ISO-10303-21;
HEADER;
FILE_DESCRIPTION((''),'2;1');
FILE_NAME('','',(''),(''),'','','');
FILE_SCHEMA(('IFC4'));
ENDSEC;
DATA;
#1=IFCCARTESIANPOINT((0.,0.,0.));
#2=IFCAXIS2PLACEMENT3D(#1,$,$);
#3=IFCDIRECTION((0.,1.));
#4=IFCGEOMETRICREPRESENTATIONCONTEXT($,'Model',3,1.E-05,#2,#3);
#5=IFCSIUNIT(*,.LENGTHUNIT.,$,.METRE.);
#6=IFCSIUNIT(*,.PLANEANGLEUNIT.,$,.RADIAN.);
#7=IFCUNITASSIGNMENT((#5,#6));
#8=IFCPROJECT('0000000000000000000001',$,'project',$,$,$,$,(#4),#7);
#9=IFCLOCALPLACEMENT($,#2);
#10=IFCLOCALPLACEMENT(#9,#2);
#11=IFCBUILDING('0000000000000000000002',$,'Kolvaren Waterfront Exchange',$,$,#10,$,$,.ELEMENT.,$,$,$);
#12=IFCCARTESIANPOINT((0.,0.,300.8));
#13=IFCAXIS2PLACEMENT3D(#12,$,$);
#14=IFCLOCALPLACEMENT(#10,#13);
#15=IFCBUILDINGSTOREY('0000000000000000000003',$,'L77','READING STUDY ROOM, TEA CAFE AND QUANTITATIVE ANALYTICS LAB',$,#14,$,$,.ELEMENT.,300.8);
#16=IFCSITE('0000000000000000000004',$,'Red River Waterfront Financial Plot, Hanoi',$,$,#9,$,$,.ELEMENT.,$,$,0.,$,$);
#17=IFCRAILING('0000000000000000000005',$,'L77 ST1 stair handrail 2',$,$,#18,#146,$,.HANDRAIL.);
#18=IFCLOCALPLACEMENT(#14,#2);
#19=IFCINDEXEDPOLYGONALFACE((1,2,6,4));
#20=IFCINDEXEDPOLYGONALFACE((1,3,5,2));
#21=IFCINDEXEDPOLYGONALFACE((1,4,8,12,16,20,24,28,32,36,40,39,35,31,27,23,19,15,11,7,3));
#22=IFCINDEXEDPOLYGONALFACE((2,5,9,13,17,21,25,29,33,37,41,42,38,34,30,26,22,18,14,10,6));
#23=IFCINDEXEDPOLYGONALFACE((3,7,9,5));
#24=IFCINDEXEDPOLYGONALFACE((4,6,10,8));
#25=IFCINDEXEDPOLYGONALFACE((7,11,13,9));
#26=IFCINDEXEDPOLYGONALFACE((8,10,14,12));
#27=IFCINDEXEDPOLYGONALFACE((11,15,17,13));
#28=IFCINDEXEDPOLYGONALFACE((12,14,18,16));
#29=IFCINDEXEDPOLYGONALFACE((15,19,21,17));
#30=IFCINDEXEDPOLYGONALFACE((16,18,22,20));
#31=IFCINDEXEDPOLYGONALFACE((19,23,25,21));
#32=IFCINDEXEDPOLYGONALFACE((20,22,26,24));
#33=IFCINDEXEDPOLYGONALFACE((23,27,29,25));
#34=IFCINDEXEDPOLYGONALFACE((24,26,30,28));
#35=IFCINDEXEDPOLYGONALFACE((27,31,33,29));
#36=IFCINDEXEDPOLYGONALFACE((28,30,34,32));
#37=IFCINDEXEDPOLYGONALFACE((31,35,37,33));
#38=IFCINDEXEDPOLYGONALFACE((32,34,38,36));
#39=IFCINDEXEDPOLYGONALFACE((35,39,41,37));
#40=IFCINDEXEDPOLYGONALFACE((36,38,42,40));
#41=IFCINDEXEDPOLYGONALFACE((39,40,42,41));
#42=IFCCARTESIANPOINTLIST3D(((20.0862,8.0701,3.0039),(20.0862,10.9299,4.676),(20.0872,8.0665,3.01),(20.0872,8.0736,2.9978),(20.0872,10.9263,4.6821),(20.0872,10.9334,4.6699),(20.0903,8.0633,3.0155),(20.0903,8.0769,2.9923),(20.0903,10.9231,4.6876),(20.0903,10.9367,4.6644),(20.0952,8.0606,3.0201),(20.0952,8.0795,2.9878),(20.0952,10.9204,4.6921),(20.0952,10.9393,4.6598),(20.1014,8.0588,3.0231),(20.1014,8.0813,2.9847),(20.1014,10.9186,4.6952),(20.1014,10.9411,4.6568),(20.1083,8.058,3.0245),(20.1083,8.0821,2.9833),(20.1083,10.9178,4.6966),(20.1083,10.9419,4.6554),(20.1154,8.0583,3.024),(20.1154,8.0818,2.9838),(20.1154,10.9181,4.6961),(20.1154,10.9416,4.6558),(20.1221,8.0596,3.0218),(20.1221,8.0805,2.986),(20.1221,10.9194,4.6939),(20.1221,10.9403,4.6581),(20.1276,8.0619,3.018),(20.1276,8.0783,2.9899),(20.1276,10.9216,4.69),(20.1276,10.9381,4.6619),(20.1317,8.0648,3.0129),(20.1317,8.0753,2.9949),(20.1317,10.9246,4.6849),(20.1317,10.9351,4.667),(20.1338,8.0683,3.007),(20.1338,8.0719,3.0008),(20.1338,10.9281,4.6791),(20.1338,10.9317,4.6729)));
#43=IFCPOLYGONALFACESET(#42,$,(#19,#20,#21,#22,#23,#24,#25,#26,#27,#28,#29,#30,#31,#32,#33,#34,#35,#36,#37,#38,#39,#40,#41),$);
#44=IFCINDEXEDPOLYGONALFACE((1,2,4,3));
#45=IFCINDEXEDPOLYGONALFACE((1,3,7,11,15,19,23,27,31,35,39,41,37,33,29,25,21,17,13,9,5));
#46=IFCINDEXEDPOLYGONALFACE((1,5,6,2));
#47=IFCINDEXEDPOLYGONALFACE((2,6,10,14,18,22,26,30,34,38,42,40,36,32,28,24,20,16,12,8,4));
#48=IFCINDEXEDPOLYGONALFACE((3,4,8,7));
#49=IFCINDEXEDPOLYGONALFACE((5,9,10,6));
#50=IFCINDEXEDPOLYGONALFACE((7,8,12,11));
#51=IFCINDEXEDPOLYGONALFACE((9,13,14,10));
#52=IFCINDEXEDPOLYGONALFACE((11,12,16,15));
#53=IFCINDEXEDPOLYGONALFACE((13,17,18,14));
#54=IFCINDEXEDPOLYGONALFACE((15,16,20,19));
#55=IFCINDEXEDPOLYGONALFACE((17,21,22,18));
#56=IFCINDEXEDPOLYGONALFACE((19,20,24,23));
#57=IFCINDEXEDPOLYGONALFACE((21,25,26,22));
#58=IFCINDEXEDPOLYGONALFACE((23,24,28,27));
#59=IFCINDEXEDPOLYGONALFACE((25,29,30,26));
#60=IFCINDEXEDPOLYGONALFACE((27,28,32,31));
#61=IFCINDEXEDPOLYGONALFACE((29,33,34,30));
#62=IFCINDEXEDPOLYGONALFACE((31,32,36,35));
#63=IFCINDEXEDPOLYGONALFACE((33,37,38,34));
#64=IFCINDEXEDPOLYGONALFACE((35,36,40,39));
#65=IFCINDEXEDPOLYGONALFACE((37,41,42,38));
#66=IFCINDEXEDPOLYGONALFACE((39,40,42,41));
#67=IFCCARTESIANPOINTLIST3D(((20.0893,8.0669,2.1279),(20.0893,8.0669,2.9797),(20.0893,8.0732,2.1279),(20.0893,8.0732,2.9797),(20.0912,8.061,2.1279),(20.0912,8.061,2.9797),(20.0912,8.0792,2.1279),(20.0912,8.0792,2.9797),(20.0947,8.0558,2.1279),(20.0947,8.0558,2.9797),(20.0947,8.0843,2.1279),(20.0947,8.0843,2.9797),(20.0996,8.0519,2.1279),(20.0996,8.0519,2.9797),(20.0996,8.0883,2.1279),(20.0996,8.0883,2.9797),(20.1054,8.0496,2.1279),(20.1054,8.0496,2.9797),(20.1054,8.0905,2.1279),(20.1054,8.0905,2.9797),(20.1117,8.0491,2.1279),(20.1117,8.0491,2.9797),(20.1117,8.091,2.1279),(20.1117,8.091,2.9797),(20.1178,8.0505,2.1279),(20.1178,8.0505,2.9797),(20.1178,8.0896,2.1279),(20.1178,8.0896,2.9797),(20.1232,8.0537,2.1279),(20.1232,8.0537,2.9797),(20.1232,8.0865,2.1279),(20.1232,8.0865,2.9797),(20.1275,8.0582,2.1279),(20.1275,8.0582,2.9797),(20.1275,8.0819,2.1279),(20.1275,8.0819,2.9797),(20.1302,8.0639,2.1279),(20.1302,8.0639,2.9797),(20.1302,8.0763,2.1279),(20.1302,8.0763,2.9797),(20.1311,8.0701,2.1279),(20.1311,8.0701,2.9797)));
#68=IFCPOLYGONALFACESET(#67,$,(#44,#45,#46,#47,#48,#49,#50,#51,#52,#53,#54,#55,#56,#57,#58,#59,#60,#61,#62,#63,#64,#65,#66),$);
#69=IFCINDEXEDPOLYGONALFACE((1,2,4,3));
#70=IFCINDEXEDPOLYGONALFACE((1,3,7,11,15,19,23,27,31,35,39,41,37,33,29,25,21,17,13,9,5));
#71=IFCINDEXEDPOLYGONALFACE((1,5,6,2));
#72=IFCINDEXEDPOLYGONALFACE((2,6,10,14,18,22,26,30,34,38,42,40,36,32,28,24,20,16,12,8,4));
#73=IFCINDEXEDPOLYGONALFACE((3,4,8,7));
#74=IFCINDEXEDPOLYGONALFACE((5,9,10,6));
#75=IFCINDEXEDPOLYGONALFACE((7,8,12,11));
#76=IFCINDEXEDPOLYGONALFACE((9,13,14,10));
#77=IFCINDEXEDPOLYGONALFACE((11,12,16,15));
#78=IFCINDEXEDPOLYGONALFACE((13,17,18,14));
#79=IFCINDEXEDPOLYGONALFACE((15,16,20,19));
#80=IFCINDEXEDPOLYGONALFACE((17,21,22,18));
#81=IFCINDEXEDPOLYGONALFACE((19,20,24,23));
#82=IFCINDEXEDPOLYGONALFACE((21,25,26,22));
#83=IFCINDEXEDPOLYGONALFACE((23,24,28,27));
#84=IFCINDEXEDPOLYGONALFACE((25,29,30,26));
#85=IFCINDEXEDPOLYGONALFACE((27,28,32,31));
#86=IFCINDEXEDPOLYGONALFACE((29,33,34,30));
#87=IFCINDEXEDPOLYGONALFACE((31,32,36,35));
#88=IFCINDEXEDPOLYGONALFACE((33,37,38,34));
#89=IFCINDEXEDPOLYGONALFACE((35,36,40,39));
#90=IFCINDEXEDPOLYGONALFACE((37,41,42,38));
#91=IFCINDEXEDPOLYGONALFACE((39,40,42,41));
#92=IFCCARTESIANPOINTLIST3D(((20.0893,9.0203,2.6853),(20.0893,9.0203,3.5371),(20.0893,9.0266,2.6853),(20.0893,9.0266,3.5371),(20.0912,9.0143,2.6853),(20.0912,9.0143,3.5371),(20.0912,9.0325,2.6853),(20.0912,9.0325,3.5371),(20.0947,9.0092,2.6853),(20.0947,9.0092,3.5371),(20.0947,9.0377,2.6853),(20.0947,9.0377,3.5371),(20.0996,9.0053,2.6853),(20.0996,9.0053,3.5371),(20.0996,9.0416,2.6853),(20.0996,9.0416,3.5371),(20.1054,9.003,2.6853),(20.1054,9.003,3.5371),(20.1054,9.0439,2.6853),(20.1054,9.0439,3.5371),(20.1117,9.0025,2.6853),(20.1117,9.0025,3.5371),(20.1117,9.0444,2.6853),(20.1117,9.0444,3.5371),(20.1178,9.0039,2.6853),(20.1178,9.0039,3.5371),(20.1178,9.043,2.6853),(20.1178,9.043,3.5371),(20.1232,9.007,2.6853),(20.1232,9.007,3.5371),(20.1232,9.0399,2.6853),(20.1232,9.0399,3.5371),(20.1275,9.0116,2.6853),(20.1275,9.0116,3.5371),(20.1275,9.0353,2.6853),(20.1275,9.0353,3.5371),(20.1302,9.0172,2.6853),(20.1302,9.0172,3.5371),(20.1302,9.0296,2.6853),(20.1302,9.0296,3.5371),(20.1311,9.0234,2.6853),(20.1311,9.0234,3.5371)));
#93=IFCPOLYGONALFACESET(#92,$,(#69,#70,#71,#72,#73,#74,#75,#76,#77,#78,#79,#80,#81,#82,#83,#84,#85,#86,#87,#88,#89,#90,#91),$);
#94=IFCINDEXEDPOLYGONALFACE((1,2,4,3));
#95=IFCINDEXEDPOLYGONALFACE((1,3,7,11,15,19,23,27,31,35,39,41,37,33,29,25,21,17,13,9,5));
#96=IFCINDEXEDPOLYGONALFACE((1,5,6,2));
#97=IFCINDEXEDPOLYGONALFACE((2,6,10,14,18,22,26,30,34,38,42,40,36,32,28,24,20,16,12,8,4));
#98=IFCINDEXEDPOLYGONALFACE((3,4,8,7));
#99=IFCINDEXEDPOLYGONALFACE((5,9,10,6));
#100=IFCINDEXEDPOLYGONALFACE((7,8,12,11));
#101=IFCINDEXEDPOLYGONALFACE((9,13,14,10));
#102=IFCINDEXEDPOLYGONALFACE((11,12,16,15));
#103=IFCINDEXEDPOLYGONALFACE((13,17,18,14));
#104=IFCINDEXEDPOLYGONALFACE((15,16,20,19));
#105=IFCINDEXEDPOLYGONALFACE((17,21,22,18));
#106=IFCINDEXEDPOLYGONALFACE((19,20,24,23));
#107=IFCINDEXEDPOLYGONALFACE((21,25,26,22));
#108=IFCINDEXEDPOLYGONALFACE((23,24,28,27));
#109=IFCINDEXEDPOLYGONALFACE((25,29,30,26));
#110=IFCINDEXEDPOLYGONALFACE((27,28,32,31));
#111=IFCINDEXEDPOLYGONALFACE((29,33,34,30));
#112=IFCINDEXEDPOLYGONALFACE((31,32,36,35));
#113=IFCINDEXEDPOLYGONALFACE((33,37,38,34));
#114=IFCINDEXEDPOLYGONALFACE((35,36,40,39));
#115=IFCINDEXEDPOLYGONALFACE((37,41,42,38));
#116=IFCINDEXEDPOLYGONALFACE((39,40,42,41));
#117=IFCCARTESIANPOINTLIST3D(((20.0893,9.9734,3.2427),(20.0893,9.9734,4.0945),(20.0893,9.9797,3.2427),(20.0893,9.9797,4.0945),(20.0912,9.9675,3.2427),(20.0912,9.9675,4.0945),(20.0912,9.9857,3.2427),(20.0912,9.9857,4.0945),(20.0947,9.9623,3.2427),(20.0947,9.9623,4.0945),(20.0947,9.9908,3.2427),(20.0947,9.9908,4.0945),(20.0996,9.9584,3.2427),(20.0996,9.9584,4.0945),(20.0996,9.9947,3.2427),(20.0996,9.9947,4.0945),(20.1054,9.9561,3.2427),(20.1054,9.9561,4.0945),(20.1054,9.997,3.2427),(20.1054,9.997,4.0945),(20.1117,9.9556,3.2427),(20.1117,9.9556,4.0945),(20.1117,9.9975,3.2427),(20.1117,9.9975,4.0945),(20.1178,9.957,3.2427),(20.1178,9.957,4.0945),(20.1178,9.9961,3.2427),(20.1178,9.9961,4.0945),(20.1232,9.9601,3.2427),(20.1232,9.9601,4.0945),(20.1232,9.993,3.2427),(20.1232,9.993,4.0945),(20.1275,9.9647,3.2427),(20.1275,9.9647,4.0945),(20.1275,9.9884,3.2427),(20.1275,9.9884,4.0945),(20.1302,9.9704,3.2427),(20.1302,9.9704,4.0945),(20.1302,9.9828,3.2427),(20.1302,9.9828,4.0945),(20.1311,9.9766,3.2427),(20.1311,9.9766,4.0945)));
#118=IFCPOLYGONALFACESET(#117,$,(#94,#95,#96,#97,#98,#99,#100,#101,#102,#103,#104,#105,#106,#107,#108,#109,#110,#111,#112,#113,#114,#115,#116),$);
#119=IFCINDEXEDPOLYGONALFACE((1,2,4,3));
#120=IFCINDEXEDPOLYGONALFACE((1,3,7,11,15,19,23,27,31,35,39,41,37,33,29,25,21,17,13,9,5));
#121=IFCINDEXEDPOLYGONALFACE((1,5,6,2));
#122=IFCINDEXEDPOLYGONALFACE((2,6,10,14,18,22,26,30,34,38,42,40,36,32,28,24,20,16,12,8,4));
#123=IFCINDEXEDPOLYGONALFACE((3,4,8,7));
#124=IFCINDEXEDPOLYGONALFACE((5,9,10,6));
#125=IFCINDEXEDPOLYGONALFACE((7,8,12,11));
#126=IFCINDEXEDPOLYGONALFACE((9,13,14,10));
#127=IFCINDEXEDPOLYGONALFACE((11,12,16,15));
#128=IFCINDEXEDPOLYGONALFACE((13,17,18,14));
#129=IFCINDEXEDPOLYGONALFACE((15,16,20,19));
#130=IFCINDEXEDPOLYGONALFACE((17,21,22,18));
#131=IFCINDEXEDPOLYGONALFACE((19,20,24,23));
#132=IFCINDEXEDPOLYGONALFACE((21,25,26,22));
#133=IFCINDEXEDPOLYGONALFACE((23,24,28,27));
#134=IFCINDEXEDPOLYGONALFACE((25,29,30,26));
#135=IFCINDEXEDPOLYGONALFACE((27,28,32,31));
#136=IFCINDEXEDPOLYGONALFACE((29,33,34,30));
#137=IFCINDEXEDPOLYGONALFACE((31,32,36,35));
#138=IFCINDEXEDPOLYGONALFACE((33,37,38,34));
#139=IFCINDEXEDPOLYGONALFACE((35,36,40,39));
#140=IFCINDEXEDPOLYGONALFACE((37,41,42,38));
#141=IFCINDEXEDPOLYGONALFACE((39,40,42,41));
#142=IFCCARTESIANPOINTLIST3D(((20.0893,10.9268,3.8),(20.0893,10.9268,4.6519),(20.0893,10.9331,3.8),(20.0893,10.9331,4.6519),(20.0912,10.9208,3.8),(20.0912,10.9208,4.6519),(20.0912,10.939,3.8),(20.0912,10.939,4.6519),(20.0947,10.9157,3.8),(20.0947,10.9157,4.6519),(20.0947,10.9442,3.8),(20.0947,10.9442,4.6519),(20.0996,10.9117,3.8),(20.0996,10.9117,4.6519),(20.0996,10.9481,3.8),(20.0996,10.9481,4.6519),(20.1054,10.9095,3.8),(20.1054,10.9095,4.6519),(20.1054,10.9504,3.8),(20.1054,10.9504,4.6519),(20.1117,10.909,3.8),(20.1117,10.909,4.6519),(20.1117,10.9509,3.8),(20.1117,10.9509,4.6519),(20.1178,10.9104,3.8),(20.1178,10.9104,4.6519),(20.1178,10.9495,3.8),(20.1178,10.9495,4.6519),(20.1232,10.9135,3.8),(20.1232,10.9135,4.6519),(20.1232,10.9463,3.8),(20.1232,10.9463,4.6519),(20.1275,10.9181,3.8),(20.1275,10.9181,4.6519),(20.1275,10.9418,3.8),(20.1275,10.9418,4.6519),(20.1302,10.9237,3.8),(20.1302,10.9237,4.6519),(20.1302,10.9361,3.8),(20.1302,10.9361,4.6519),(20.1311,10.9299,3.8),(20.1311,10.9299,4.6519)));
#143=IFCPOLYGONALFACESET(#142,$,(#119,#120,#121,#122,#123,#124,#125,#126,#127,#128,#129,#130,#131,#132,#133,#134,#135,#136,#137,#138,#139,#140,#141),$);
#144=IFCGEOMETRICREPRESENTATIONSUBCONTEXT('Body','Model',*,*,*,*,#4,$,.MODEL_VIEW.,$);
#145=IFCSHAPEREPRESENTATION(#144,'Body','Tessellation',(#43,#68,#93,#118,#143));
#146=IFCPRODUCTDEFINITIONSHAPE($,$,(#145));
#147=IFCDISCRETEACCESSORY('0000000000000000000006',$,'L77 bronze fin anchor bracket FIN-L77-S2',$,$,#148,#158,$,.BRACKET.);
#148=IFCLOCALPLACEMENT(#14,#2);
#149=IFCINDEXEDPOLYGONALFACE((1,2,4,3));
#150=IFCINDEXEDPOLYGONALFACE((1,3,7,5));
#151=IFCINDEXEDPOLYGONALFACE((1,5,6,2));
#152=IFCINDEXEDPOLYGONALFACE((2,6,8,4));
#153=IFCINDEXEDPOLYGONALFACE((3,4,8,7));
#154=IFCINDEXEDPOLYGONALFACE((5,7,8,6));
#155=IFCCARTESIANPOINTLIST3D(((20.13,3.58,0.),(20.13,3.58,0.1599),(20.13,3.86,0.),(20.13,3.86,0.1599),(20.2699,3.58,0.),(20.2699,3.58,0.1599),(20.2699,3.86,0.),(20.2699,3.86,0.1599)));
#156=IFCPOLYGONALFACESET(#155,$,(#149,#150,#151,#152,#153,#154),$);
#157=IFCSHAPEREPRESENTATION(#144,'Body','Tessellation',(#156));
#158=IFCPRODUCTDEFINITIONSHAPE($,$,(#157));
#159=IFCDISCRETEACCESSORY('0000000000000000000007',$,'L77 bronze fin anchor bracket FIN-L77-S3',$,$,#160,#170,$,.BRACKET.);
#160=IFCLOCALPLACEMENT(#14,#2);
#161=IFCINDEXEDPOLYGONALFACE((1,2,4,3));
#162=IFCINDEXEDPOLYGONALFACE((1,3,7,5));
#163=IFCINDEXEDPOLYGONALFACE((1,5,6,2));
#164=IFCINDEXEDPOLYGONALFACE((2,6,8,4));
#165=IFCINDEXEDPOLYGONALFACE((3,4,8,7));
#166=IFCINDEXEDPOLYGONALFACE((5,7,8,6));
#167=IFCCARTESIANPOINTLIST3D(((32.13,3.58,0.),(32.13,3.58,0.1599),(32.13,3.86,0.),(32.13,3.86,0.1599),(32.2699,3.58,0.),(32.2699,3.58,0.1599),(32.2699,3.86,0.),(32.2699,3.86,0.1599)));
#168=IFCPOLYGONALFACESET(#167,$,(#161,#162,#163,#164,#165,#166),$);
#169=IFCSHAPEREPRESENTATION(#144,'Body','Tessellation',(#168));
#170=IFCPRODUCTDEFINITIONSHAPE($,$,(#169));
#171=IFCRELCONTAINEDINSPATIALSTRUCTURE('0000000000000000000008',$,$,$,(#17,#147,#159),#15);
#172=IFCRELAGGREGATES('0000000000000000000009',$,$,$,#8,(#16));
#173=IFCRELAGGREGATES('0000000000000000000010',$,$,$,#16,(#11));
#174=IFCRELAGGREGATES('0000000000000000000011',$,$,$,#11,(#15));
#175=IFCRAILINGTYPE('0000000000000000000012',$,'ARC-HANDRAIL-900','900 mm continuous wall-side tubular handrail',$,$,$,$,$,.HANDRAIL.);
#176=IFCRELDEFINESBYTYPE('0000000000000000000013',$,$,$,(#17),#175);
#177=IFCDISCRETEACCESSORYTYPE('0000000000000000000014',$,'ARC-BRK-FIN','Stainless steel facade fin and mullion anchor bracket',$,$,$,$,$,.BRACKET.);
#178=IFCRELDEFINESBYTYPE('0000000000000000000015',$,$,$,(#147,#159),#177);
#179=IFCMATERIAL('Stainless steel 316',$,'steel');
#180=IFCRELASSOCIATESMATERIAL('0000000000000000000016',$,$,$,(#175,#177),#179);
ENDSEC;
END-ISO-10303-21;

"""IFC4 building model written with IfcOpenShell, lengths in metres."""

from ifc_helpers import new_model, si_unit, direction, frame, origin, origin_with_axes, origin_2d, place, context, subcontext, project, spatial, rectangle, circle, extrude, source, transform, mapped, material, type_object, element, save


model = new_model("IFC4")

# Units and contexts
model_context = context("Model", 3, precision=1e-05, world=origin(), true_north=direction((0.0, 1.0)))
body_context = subcontext(model_context, "Body", "Model", "MODEL_VIEW")
ifc_project = project(units=[si_unit("LENGTHUNIT", "METRE"), si_unit("PLANEANGLEUNIT", "RADIAN")], contexts=[model_context])

# Site, building, storey
site_placement = place(None, origin())
site = spatial("IfcSite", under=ifc_project, at=site_placement, Name="Red River Waterfront Financial Plot, Hanoi", CompositionType="ELEMENT", RefElevation=0.0)
building_placement = place(site_placement, origin())
building = spatial("IfcBuilding", under=site, at=building_placement, Name="Kolvaren Waterfront Exchange", CompositionType="ELEMENT")
storey_placement = place(building_placement, frame((0.0, 0.0, 300.8)))
storey = spatial("IfcBuildingStorey", under=building, at=storey_placement, Name="L77", Description="READING STUDY ROOM, TEA CAFE AND QUANTITATIVE ANALYTICS LAB", CompositionType="ELEMENT", Elevation=300.8)

# Railing
ifc_material_1 = material(Name="Stainless steel 316", Category="steel")
railing_type_1 = type_object("IfcRailingType", Name="ARC-HANDRAIL-900", Description="900 mm continuous wall-side tubular handrail", PredefinedType="HANDRAIL", material=ifc_material_1)
railing_1_placement = place(storey_placement, frame((20.1101, 8.0701, 2.1279)))
element("IfcRailing", 1, at=railing_1_placement, inside=storey, type_object=railing_type_1, Name="L77 ST1 stair handrail 2", PredefinedType="HANDRAIL", context=body_context, shape_type="SweptSolid", body=[
    extrude(circle(Radius=0.0239, at=origin_2d()), frame((0.0, 0.0, 0.876), z_axis=(0.0, 0.863271, 0.504741), x_axis=(-1.0, 0.0, 0.0)), (0.0, 0.0, 1.0), 3.3127),
    extrude(circle(Radius=0.021, at=origin_2d()), origin(), (0.0, 0.0, 1.0), 0.8518),
    extrude(circle(Radius=0.021, at=origin_2d()), frame((0.0, 0.9534, 0.5574)), (0.0, 0.0, 1.0), 0.8518),
    extrude(circle(Radius=0.021, at=origin_2d()), frame((0.0, 1.9065, 1.1147)), (0.0, 0.0, 1.0), 0.8518),
    extrude(circle(Radius=0.021, at=origin_2d()), frame((0.0, 2.8599, 1.6721)), (0.0, 0.0, 1.0), 0.8518),
])

# Discrete accessories
discrete_accessory_type = type_object("IfcDiscreteAccessoryType", Name="ARC-BRK-FIN", Description="Stainless steel facade fin and mullion anchor bracket", PredefinedType="BRACKET", material=ifc_material_1)
shared_shape_1 = source(origin_with_axes(), body_context, "Body", "SweptSolid", [
    extrude(rectangle(XDim=0.28, YDim=0.1399, at=origin_2d()), origin(), (0.0, 0.0, 1.0), 0.1599),
])
for number, where, z_axis, x_axis, name in (
    (2, (20.2, 3.72, 0.0), (0.0, 0.0, 1.0), (0.0, -1.0, 0.0), "L77 bronze fin anchor bracket FIN-L77-S2"),
    (3, (32.2, 3.72, 0.0), (0.0, 0.0, 1.0), (0.0, -1.0, 0.0), "L77 bronze fin anchor bracket FIN-L77-S3"),
):
    element("IfcDiscreteAccessory", number, at=place(storey_placement, frame(where, z_axis=z_axis, x_axis=x_axis)), inside=storey, type_object=discrete_accessory_type, Name=name, PredefinedType="BRACKET", context=body_context, shape_type="MappedRepresentation", body=[
        mapped(shared_shape_1, transform((0.0, 0.0, 0.0), x_axis=(1.0, 0.0, 0.0), y_axis=(0.0, 1.0, 0.0), z_axis=(0.0, 0.0, 1.0), scale=1.0)),
    ])

save(model, "model.ifc")
